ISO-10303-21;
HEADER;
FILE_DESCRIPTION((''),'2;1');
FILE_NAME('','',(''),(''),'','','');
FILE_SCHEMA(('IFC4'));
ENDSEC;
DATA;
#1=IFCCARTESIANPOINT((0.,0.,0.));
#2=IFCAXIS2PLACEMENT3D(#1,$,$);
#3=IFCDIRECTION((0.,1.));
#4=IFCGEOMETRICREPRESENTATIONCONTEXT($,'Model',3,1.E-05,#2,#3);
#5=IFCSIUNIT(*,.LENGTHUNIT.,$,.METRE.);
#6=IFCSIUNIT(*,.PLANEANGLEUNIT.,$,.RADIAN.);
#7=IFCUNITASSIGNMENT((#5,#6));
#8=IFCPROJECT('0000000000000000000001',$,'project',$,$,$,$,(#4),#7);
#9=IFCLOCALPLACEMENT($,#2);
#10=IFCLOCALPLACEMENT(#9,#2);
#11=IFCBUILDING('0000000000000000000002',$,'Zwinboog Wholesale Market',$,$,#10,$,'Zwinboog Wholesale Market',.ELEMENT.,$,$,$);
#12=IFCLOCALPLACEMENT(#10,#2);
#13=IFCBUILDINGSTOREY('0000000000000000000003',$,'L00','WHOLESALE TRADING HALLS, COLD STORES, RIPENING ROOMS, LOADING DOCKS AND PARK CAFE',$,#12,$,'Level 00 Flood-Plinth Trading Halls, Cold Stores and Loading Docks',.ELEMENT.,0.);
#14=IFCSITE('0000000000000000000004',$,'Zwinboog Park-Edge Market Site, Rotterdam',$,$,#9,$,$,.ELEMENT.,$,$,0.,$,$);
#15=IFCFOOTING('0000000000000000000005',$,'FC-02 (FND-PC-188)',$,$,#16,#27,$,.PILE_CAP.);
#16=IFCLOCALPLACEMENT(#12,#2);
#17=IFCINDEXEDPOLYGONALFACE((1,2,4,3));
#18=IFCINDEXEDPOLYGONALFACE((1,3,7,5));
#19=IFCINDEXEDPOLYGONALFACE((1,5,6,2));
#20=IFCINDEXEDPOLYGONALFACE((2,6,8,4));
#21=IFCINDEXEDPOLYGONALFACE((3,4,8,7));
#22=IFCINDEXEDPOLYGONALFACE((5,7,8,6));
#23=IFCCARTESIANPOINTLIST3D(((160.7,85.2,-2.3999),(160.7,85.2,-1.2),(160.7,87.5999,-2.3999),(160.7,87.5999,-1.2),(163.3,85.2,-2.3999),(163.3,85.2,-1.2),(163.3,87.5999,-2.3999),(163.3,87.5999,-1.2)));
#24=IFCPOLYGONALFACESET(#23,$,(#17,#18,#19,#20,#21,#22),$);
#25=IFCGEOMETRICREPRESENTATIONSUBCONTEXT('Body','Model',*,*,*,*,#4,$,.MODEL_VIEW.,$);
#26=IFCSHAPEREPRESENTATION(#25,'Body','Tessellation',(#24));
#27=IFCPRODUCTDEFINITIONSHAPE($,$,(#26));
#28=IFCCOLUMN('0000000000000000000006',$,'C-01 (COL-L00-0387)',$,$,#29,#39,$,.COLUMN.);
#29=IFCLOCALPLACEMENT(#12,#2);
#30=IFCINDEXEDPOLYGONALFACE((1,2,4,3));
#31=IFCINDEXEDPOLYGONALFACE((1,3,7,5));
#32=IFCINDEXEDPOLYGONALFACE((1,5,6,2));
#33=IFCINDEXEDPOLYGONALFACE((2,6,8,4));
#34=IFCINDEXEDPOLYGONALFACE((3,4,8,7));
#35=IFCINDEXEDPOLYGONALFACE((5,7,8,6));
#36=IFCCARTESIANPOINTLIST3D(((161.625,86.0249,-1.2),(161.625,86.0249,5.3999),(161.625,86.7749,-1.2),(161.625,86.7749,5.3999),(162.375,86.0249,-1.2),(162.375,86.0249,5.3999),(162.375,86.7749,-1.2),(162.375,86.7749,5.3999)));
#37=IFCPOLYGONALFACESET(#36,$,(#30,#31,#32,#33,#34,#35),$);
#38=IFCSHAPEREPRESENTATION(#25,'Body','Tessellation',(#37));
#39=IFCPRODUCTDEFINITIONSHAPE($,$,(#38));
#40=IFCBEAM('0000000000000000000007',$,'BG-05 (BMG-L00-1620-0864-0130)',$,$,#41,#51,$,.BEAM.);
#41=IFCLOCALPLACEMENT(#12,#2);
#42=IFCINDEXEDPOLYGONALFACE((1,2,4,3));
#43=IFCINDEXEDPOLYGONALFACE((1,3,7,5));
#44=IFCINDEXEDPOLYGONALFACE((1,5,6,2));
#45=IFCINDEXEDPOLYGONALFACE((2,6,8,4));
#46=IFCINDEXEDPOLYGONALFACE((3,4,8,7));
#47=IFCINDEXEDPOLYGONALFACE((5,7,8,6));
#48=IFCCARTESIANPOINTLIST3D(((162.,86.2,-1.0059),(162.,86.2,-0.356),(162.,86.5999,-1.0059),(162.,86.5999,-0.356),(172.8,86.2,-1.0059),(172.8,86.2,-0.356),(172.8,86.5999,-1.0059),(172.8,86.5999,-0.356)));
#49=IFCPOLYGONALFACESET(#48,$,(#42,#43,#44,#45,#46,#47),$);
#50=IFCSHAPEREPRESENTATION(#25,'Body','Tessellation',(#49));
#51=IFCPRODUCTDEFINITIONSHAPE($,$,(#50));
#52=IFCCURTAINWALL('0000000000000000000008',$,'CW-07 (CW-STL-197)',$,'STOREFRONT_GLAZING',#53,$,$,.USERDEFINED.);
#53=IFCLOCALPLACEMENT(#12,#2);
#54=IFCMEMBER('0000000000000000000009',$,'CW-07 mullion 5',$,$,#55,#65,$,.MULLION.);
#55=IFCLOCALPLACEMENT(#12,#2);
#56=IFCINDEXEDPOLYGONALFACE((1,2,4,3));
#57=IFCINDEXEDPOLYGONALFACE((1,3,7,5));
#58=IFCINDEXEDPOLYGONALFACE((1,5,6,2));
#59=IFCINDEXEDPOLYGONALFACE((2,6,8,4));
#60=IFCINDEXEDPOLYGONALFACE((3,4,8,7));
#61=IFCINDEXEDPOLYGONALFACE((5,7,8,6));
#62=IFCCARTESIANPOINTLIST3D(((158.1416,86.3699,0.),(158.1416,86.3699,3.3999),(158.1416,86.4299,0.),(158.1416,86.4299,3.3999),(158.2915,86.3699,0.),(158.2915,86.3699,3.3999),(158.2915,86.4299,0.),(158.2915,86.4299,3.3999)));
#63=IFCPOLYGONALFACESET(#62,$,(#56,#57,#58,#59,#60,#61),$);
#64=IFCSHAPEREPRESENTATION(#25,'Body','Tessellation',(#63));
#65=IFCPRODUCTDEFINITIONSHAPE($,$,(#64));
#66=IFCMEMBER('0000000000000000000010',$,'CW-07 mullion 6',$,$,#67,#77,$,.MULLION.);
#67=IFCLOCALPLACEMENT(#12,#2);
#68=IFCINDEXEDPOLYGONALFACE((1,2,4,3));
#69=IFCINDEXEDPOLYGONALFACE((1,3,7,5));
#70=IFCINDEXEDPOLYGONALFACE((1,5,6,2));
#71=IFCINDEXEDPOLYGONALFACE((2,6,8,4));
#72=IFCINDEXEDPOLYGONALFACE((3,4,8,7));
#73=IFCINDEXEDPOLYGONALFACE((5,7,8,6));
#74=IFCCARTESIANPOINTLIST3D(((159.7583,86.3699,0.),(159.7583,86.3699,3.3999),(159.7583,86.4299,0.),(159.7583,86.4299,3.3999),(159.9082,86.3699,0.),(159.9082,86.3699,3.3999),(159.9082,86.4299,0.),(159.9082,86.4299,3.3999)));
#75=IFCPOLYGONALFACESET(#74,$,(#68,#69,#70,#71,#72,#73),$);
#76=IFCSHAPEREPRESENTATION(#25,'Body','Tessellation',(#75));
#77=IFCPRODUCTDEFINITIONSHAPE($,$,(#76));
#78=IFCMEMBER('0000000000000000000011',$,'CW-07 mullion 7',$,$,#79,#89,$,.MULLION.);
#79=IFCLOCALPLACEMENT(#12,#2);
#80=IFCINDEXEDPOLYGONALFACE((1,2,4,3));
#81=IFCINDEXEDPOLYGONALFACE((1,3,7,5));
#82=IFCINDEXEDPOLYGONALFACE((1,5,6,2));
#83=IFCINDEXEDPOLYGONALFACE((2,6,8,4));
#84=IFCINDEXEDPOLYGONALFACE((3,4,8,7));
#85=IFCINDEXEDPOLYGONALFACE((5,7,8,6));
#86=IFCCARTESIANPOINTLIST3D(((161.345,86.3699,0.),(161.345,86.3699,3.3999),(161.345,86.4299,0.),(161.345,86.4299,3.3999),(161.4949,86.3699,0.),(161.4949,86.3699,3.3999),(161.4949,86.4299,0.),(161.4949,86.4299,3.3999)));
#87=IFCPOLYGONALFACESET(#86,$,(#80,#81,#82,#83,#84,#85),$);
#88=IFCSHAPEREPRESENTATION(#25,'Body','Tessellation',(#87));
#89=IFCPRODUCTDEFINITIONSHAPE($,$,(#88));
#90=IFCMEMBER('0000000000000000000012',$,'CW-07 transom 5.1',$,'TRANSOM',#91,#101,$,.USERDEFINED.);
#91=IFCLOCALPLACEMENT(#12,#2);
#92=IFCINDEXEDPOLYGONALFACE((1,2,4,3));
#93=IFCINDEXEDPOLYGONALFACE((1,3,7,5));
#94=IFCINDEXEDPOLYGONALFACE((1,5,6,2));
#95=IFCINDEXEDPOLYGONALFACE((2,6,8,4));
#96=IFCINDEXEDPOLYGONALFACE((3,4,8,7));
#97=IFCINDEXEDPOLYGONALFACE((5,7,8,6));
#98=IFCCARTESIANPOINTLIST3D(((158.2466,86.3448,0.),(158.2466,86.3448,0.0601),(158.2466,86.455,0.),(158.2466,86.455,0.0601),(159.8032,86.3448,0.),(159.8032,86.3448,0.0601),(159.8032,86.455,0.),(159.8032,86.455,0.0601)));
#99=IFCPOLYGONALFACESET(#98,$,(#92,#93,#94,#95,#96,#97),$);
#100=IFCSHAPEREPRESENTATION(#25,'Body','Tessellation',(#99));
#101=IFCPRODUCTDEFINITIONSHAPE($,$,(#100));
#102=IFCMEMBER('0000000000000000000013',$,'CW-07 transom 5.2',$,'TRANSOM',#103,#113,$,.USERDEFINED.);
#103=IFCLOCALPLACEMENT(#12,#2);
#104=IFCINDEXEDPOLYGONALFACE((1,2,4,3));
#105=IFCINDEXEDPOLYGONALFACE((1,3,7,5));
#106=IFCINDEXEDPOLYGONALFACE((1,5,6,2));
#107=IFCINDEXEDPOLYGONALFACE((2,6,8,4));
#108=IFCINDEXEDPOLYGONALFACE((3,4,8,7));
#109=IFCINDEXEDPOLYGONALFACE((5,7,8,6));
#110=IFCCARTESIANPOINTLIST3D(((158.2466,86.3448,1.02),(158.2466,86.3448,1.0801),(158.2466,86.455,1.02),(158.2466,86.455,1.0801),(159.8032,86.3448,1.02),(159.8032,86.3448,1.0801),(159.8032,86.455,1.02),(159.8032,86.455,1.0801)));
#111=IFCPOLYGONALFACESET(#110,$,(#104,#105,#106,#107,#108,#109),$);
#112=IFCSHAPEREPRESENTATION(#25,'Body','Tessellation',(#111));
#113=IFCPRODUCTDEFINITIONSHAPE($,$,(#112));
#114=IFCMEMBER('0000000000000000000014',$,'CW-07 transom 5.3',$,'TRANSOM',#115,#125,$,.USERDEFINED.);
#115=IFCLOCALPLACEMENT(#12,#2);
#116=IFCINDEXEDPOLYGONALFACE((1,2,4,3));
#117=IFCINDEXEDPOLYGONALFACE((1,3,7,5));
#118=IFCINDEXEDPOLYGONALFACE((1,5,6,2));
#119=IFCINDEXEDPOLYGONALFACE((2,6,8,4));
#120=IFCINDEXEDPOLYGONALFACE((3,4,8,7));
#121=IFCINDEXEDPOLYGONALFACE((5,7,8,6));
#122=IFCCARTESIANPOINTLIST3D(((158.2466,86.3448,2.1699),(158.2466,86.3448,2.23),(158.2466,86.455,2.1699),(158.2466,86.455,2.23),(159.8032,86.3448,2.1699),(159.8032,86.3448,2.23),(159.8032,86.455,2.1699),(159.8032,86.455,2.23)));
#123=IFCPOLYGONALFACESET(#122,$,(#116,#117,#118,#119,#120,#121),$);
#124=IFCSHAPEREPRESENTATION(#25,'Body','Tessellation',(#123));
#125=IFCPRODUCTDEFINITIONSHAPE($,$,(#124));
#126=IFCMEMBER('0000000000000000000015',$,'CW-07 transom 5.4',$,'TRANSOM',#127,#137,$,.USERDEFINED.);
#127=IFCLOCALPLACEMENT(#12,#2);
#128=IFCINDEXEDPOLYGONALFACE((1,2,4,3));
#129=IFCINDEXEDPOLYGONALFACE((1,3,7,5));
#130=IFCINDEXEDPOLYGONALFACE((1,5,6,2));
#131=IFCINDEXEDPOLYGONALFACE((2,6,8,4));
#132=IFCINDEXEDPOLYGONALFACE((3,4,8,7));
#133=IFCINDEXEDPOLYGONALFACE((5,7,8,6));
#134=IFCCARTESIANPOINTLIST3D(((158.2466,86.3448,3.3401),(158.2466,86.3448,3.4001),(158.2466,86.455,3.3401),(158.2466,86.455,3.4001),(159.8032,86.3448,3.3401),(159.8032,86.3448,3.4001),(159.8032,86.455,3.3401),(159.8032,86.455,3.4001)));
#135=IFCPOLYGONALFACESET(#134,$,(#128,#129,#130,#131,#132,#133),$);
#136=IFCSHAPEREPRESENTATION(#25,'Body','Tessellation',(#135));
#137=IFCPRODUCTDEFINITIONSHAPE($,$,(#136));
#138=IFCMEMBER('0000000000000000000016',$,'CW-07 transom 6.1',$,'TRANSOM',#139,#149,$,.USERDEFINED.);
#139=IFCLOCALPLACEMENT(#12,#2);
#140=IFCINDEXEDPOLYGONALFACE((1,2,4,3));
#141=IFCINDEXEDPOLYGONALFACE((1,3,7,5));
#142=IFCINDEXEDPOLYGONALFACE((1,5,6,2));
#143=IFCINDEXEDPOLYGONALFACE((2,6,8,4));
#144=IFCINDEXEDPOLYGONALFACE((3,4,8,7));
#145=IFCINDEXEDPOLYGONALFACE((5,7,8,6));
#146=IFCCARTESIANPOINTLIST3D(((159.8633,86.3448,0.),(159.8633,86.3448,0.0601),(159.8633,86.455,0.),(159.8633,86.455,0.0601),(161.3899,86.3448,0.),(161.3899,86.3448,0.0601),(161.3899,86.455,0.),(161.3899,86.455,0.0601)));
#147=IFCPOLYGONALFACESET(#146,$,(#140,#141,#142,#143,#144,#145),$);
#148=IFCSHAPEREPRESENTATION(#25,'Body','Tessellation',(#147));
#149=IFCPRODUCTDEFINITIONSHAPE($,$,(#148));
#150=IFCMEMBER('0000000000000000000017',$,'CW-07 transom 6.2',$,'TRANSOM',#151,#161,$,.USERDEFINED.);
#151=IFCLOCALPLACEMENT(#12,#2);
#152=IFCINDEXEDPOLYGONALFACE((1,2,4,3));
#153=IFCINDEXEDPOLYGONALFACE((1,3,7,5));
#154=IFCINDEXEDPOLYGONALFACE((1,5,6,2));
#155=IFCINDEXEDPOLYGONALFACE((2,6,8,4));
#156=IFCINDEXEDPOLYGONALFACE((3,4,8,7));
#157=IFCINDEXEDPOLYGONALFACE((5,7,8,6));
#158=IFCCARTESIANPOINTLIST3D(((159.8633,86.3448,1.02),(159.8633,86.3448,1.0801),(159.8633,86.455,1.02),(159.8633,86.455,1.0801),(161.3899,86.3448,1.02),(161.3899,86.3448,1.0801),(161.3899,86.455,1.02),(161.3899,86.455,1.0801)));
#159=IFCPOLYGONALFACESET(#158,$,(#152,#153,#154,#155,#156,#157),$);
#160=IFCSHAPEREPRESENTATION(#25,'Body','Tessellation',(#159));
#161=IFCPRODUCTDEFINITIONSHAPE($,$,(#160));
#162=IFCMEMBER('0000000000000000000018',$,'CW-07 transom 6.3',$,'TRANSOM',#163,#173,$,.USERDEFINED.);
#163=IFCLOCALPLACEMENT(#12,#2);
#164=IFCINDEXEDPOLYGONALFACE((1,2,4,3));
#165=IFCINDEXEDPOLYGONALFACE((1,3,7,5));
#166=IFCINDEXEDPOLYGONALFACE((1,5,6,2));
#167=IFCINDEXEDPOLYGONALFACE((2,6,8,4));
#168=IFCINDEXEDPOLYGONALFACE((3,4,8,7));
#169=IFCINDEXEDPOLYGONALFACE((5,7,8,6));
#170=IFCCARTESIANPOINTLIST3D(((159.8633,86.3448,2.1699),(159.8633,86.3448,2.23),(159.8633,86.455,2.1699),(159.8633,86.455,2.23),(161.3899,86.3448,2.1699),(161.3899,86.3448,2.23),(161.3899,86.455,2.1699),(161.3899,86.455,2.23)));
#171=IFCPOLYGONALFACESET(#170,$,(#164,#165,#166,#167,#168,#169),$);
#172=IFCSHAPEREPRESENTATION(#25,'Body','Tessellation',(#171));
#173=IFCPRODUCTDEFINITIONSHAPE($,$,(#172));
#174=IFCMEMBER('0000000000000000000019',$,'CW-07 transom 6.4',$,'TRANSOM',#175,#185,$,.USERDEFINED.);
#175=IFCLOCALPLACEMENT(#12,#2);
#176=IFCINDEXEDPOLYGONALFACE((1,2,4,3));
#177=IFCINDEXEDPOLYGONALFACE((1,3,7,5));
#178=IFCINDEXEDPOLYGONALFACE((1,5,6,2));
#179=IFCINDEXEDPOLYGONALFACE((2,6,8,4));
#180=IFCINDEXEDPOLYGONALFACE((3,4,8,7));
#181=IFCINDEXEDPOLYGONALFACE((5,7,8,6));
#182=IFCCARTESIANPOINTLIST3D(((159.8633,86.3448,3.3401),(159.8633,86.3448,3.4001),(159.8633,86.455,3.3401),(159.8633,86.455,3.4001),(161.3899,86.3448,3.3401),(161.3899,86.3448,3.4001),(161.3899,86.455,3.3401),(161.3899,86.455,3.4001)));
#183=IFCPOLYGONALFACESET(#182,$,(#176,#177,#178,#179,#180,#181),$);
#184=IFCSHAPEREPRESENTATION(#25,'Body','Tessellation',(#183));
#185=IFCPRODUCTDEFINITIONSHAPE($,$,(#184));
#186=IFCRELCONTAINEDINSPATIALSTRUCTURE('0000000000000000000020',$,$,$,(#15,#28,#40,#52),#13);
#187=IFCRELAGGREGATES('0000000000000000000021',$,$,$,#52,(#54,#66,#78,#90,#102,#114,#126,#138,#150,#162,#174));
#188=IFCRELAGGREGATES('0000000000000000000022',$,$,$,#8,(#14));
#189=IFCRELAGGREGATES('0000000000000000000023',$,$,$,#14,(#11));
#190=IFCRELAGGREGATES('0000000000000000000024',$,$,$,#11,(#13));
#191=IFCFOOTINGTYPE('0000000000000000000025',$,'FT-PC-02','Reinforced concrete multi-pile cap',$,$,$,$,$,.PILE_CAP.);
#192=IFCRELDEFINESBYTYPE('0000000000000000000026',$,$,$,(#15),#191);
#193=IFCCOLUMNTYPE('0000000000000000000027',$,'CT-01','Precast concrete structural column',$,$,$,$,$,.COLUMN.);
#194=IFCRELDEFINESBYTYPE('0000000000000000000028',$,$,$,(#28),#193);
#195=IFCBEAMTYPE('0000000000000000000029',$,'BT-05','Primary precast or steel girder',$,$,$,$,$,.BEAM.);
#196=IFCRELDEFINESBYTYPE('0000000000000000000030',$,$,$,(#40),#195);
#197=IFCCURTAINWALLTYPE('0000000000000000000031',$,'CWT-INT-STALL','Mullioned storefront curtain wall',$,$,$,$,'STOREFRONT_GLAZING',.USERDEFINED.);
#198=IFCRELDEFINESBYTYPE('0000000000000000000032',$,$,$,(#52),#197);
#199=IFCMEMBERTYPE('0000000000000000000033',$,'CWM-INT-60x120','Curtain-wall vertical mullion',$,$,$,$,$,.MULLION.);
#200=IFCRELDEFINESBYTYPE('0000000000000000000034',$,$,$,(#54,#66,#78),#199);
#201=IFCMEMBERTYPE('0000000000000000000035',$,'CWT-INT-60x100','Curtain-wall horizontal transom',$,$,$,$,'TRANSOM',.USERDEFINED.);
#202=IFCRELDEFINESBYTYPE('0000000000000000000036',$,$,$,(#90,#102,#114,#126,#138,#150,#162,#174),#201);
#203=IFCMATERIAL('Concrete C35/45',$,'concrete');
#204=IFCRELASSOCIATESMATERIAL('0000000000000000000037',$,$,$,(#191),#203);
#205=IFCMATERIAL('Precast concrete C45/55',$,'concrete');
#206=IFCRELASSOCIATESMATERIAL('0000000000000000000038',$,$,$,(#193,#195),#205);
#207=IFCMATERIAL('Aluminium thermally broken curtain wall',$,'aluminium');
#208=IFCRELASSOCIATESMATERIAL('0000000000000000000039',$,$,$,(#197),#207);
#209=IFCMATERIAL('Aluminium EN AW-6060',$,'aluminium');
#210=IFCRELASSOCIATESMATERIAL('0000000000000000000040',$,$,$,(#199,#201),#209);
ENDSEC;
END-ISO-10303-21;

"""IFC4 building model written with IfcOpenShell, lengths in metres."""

from ifc_helpers import new_model, si_unit, direction, frame, origin, origin_2d, place, context, subcontext, project, spatial, rectangle, extrude, material, material_profile, profile_set, type_object, element, aggregate, save


model = new_model("IFC4")

# Units and contexts
model_context = context("Model", 3, precision=1e-05, world=origin(), true_north=direction((0.0, 1.0)))
body_context = subcontext(model_context, "Body", "Model", "MODEL_VIEW")
ifc_project = project(units=[si_unit("LENGTHUNIT", "METRE"), si_unit("PLANEANGLEUNIT", "RADIAN")], contexts=[model_context])

# Site, building, storey
site_placement = place(None, origin())
site = spatial("IfcSite", under=ifc_project, at=site_placement, Name="Zwinboog Park-Edge Market Site, Rotterdam", CompositionType="ELEMENT", RefElevation=0.0)
building_placement = place(site_placement, origin())
building = spatial("IfcBuilding", under=site, at=building_placement, Name="Zwinboog Wholesale Market", LongName="Zwinboog Wholesale Market", CompositionType="ELEMENT")
storey_placement = place(building_placement, origin())
storey = spatial("IfcBuildingStorey", under=building, at=storey_placement, Name="L00", Description="WHOLESALE TRADING HALLS, COLD STORES, RIPENING ROOMS, LOADING DOCKS AND PARK CAFE", LongName="Level 00 Flood-Plinth Trading Halls, Cold Stores and Loading Docks", CompositionType="ELEMENT", Elevation=0.0)

# Footing
ifc_material_1 = material(Name="Concrete C35/45", Category="concrete")
footing_type = type_object("IfcFootingType", Name="FT-PC-02", Description="Reinforced concrete multi-pile cap", PredefinedType="PILE_CAP", material=ifc_material_1)
footing_placement = place(storey_placement, frame((162.0, 86.3999, -2.3999), z_axis=(0.0, 0.0, 1.0), x_axis=(1.0, 0.0, 0.0)))
element("IfcFooting", 1, at=footing_placement, inside=storey, type_object=footing_type, Name="FC-02 (FND-PC-188)", PredefinedType="PILE_CAP", context=body_context, shape_type="SweptSolid", body=[
    extrude(rectangle(XDim=2.6001, YDim=2.3999, at=origin_2d()), origin(), (0.0, 0.0, 1.0), 1.2),
])

# Column
ifc_material_2 = material(Name="Precast concrete C45/55", Category="concrete")
ifc_material_profile_1 = material_profile(ifc_material_2, rectangle(XDim=0.75, YDim=0.75, at=origin_2d()), Name="PC 750x750")
ifc_profile_set_1 = profile_set([ifc_material_profile_1], Name="Precast concrete C45/55")
column_type = type_object("IfcColumnType", Name="CT-01", Description="Precast concrete structural column", PredefinedType="COLUMN", material=ifc_profile_set_1)
column_placement = place(storey_placement, frame((162.0, 86.3999, -1.2), z_axis=(0.0, 0.0, 1.0), x_axis=(1.0, 0.0, 0.0)))
element("IfcColumn", 2, at=column_placement, inside=storey, type_object=column_type, Name="C-01 (COL-L00-0387)", PredefinedType="COLUMN", context=body_context, shape_type="SweptSolid", body=[
    extrude(rectangle(XDim=0.75, YDim=0.75, at=origin_2d()), origin(), (0.0, 0.0, 1.0), 6.5999),
])

# Beam
ifc_material_profile_2 = material_profile(ifc_material_2, rectangle(XDim=0.3999, YDim=0.6499, at=origin_2d()), Name="PC 400x650")
ifc_profile_set_2 = profile_set([ifc_material_profile_2], Name="Precast concrete C45/55")
beam_type = type_object("IfcBeamType", Name="BT-05", Description="Primary precast or steel girder", PredefinedType="BEAM", material=ifc_profile_set_2)
beam_placement = place(storey_placement, frame((162.0, 86.3999, -0.6809), z_axis=(1.0, 0.0, 0.0), x_axis=(0.0, 1.0, 0.0)))
element("IfcBeam", 3, at=beam_placement, inside=storey, type_object=beam_type, Name="BG-05 (BMG-L00-1620-0864-0130)", PredefinedType="BEAM", context=body_context, shape_type="SweptSolid", body=[
    extrude(rectangle(XDim=0.3999, YDim=0.6499, at=origin_2d()), origin(), (0.0, 0.0, 1.0), 10.8),
])

# Curtain wall, members
ifc_material_3 = material(Name="Aluminium thermally broken curtain wall", Category="aluminium")
curtain_wall_type = type_object("IfcCurtainWallType", Name="CWT-INT-STALL", Description="Mullioned storefront curtain wall", ElementType="STOREFRONT_GLAZING", PredefinedType="USERDEFINED", material=ifc_material_3)
curtain_wall_placement = place(storey_placement, origin())
curtain_wall = element("IfcCurtainWall", 4, at=curtain_wall_placement, inside=storey, type_object=curtain_wall_type, Name="CW-07 (CW-STL-197)", ObjectType="STOREFRONT_GLAZING", PredefinedType="USERDEFINED")
ifc_material_4 = material(Name="Aluminium EN AW-6060", Category="aluminium")
ifc_material_profile_3 = material_profile(ifc_material_4, rectangle(XDim=0.0601, YDim=0.1499, at=origin_2d()), Name="AL 60x150")
ifc_profile_set_3 = profile_set([ifc_material_profile_3], Name="Aluminium EN AW-6060")
member_type_1 = type_object("IfcMemberType", Name="CWM-INT-60x120", Description="Curtain-wall vertical mullion", PredefinedType="MULLION", material=ifc_profile_set_3)
member_1_placement = place(storey_placement, frame((158.2166, 86.3999, 0.0), z_axis=(0.0, 0.0, 1.0), x_axis=(0.0, 1.0, 0.0)))
member_1 = element("IfcMember", 5, at=member_1_placement, type_object=member_type_1, Name="CW-07 mullion 5", PredefinedType="MULLION", context=body_context, shape_type="SweptSolid", body=[
    extrude(rectangle(XDim=0.0601, YDim=0.1499, at=origin_2d()), origin(), (0.0, 0.0, 1.0), 3.3999),
])
member_2_placement = place(storey_placement, frame((159.8333, 86.3999, 0.0), z_axis=(0.0, 0.0, 1.0), x_axis=(0.0, 1.0, 0.0)))
member_2 = element("IfcMember", 6, at=member_2_placement, type_object=member_type_1, Name="CW-07 mullion 6", PredefinedType="MULLION", context=body_context, shape_type="SweptSolid", body=[
    extrude(rectangle(XDim=0.0601, YDim=0.1499, at=origin_2d()), origin(), (0.0, 0.0, 1.0), 3.3999),
])
member_3_placement = place(storey_placement, frame((161.4199, 86.3999, 0.0), z_axis=(0.0, 0.0, 1.0), x_axis=(0.0, 1.0, 0.0)))
member_3 = element("IfcMember", 7, at=member_3_placement, type_object=member_type_1, Name="CW-07 mullion 7", PredefinedType="MULLION", context=body_context, shape_type="SweptSolid", body=[
    extrude(rectangle(XDim=0.0601, YDim=0.1499, at=origin_2d()), origin(), (0.0, 0.0, 1.0), 3.3999),
])
ifc_material_profile_4 = material_profile(ifc_material_4, rectangle(XDim=0.1101, YDim=0.0601, at=origin_2d()), Name="AL 60x110")
ifc_profile_set_4 = profile_set([ifc_material_profile_4], Name="Aluminium EN AW-6060")
member_type_2 = type_object("IfcMemberType", Name="CWT-INT-60x100", Description="Curtain-wall horizontal transom", ElementType="TRANSOM", PredefinedType="USERDEFINED", material=ifc_profile_set_4)
member_4_placement = place(storey_placement, frame((158.2466, 86.3999, 0.03), z_axis=(1.0, 0.0, 0.0), x_axis=(0.0, 1.0, 0.0)))
member_4 = element("IfcMember", 8, at=member_4_placement, type_object=member_type_2, Name="CW-07 transom 5.1", ObjectType="TRANSOM", PredefinedType="USERDEFINED", context=body_context, shape_type="SweptSolid", body=[
    extrude(rectangle(XDim=0.1101, YDim=0.0601, at=origin_2d()), origin(), (0.0, 0.0, 1.0), 1.5566),
])
member_5_placement = place(storey_placement, frame((158.2466, 86.3999, 1.05), z_axis=(1.0, 0.0, 0.0), x_axis=(0.0, 1.0, 0.0)))
member_5 = element("IfcMember", 9, at=member_5_placement, type_object=member_type_2, Name="CW-07 transom 5.2", ObjectType="TRANSOM", PredefinedType="USERDEFINED", context=body_context, shape_type="SweptSolid", body=[
    extrude(rectangle(XDim=0.1101, YDim=0.0601, at=origin_2d()), origin(), (0.0, 0.0, 1.0), 1.5566),
])
member_6_placement = place(storey_placement, frame((158.2466, 86.3999, 2.2), z_axis=(1.0, 0.0, 0.0), x_axis=(0.0, 1.0, 0.0)))
member_6 = element("IfcMember", 10, at=member_6_placement, type_object=member_type_2, Name="CW-07 transom 5.3", ObjectType="TRANSOM", PredefinedType="USERDEFINED", context=body_context, shape_type="SweptSolid", body=[
    extrude(rectangle(XDim=0.1101, YDim=0.0601, at=origin_2d()), origin(), (0.0, 0.0, 1.0), 1.5566),
])
member_7_placement = place(storey_placement, frame((158.2466, 86.3999, 3.3701), z_axis=(1.0, 0.0, 0.0), x_axis=(0.0, 1.0, 0.0)))
member_7 = element("IfcMember", 11, at=member_7_placement, type_object=member_type_2, Name="CW-07 transom 5.4", ObjectType="TRANSOM", PredefinedType="USERDEFINED", context=body_context, shape_type="SweptSolid", body=[
    extrude(rectangle(XDim=0.1101, YDim=0.0601, at=origin_2d()), origin(), (0.0, 0.0, 1.0), 1.5566),
])
member_8_placement = place(storey_placement, frame((159.8633, 86.3999, 0.03), z_axis=(1.0, 0.0, 0.0), x_axis=(0.0, 1.0, 0.0)))
member_8 = element("IfcMember", 12, at=member_8_placement, type_object=member_type_2, Name="CW-07 transom 6.1", ObjectType="TRANSOM", PredefinedType="USERDEFINED", context=body_context, shape_type="SweptSolid", body=[
    extrude(rectangle(XDim=0.1101, YDim=0.0601, at=origin_2d()), origin(), (0.0, 0.0, 1.0), 1.5266),
])
member_9_placement = place(storey_placement, frame((159.8633, 86.3999, 1.05), z_axis=(1.0, 0.0, 0.0), x_axis=(0.0, 1.0, 0.0)))
member_9 = element("IfcMember", 13, at=member_9_placement, type_object=member_type_2, Name="CW-07 transom 6.2", ObjectType="TRANSOM", PredefinedType="USERDEFINED", context=body_context, shape_type="SweptSolid", body=[
    extrude(rectangle(XDim=0.1101, YDim=0.0601, at=origin_2d()), origin(), (0.0, 0.0, 1.0), 1.5266),
])
member_10_placement = place(storey_placement, frame((159.8633, 86.3999, 2.2), z_axis=(1.0, 0.0, 0.0), x_axis=(0.0, 1.0, 0.0)))
member_10 = element("IfcMember", 14, at=member_10_placement, type_object=member_type_2, Name="CW-07 transom 6.3", ObjectType="TRANSOM", PredefinedType="USERDEFINED", context=body_context, shape_type="SweptSolid", body=[
    extrude(rectangle(XDim=0.1101, YDim=0.0601, at=origin_2d()), origin(), (0.0, 0.0, 1.0), 1.5266),
])
member_11_placement = place(storey_placement, frame((159.8633, 86.3999, 3.3701), z_axis=(1.0, 0.0, 0.0), x_axis=(0.0, 1.0, 0.0)))
member_11 = element("IfcMember", 15, at=member_11_placement, type_object=member_type_2, Name="CW-07 transom 6.4", ObjectType="TRANSOM", PredefinedType="USERDEFINED", context=body_context, shape_type="SweptSolid", body=[
    extrude(rectangle(XDim=0.1101, YDim=0.0601, at=origin_2d()), origin(), (0.0, 0.0, 1.0), 1.5266),
])
aggregate(curtain_wall, [member_1, member_2, member_3, member_4, member_5, member_6, member_7, member_8, member_9, member_10, member_11])

save(model, "model.ifc")
